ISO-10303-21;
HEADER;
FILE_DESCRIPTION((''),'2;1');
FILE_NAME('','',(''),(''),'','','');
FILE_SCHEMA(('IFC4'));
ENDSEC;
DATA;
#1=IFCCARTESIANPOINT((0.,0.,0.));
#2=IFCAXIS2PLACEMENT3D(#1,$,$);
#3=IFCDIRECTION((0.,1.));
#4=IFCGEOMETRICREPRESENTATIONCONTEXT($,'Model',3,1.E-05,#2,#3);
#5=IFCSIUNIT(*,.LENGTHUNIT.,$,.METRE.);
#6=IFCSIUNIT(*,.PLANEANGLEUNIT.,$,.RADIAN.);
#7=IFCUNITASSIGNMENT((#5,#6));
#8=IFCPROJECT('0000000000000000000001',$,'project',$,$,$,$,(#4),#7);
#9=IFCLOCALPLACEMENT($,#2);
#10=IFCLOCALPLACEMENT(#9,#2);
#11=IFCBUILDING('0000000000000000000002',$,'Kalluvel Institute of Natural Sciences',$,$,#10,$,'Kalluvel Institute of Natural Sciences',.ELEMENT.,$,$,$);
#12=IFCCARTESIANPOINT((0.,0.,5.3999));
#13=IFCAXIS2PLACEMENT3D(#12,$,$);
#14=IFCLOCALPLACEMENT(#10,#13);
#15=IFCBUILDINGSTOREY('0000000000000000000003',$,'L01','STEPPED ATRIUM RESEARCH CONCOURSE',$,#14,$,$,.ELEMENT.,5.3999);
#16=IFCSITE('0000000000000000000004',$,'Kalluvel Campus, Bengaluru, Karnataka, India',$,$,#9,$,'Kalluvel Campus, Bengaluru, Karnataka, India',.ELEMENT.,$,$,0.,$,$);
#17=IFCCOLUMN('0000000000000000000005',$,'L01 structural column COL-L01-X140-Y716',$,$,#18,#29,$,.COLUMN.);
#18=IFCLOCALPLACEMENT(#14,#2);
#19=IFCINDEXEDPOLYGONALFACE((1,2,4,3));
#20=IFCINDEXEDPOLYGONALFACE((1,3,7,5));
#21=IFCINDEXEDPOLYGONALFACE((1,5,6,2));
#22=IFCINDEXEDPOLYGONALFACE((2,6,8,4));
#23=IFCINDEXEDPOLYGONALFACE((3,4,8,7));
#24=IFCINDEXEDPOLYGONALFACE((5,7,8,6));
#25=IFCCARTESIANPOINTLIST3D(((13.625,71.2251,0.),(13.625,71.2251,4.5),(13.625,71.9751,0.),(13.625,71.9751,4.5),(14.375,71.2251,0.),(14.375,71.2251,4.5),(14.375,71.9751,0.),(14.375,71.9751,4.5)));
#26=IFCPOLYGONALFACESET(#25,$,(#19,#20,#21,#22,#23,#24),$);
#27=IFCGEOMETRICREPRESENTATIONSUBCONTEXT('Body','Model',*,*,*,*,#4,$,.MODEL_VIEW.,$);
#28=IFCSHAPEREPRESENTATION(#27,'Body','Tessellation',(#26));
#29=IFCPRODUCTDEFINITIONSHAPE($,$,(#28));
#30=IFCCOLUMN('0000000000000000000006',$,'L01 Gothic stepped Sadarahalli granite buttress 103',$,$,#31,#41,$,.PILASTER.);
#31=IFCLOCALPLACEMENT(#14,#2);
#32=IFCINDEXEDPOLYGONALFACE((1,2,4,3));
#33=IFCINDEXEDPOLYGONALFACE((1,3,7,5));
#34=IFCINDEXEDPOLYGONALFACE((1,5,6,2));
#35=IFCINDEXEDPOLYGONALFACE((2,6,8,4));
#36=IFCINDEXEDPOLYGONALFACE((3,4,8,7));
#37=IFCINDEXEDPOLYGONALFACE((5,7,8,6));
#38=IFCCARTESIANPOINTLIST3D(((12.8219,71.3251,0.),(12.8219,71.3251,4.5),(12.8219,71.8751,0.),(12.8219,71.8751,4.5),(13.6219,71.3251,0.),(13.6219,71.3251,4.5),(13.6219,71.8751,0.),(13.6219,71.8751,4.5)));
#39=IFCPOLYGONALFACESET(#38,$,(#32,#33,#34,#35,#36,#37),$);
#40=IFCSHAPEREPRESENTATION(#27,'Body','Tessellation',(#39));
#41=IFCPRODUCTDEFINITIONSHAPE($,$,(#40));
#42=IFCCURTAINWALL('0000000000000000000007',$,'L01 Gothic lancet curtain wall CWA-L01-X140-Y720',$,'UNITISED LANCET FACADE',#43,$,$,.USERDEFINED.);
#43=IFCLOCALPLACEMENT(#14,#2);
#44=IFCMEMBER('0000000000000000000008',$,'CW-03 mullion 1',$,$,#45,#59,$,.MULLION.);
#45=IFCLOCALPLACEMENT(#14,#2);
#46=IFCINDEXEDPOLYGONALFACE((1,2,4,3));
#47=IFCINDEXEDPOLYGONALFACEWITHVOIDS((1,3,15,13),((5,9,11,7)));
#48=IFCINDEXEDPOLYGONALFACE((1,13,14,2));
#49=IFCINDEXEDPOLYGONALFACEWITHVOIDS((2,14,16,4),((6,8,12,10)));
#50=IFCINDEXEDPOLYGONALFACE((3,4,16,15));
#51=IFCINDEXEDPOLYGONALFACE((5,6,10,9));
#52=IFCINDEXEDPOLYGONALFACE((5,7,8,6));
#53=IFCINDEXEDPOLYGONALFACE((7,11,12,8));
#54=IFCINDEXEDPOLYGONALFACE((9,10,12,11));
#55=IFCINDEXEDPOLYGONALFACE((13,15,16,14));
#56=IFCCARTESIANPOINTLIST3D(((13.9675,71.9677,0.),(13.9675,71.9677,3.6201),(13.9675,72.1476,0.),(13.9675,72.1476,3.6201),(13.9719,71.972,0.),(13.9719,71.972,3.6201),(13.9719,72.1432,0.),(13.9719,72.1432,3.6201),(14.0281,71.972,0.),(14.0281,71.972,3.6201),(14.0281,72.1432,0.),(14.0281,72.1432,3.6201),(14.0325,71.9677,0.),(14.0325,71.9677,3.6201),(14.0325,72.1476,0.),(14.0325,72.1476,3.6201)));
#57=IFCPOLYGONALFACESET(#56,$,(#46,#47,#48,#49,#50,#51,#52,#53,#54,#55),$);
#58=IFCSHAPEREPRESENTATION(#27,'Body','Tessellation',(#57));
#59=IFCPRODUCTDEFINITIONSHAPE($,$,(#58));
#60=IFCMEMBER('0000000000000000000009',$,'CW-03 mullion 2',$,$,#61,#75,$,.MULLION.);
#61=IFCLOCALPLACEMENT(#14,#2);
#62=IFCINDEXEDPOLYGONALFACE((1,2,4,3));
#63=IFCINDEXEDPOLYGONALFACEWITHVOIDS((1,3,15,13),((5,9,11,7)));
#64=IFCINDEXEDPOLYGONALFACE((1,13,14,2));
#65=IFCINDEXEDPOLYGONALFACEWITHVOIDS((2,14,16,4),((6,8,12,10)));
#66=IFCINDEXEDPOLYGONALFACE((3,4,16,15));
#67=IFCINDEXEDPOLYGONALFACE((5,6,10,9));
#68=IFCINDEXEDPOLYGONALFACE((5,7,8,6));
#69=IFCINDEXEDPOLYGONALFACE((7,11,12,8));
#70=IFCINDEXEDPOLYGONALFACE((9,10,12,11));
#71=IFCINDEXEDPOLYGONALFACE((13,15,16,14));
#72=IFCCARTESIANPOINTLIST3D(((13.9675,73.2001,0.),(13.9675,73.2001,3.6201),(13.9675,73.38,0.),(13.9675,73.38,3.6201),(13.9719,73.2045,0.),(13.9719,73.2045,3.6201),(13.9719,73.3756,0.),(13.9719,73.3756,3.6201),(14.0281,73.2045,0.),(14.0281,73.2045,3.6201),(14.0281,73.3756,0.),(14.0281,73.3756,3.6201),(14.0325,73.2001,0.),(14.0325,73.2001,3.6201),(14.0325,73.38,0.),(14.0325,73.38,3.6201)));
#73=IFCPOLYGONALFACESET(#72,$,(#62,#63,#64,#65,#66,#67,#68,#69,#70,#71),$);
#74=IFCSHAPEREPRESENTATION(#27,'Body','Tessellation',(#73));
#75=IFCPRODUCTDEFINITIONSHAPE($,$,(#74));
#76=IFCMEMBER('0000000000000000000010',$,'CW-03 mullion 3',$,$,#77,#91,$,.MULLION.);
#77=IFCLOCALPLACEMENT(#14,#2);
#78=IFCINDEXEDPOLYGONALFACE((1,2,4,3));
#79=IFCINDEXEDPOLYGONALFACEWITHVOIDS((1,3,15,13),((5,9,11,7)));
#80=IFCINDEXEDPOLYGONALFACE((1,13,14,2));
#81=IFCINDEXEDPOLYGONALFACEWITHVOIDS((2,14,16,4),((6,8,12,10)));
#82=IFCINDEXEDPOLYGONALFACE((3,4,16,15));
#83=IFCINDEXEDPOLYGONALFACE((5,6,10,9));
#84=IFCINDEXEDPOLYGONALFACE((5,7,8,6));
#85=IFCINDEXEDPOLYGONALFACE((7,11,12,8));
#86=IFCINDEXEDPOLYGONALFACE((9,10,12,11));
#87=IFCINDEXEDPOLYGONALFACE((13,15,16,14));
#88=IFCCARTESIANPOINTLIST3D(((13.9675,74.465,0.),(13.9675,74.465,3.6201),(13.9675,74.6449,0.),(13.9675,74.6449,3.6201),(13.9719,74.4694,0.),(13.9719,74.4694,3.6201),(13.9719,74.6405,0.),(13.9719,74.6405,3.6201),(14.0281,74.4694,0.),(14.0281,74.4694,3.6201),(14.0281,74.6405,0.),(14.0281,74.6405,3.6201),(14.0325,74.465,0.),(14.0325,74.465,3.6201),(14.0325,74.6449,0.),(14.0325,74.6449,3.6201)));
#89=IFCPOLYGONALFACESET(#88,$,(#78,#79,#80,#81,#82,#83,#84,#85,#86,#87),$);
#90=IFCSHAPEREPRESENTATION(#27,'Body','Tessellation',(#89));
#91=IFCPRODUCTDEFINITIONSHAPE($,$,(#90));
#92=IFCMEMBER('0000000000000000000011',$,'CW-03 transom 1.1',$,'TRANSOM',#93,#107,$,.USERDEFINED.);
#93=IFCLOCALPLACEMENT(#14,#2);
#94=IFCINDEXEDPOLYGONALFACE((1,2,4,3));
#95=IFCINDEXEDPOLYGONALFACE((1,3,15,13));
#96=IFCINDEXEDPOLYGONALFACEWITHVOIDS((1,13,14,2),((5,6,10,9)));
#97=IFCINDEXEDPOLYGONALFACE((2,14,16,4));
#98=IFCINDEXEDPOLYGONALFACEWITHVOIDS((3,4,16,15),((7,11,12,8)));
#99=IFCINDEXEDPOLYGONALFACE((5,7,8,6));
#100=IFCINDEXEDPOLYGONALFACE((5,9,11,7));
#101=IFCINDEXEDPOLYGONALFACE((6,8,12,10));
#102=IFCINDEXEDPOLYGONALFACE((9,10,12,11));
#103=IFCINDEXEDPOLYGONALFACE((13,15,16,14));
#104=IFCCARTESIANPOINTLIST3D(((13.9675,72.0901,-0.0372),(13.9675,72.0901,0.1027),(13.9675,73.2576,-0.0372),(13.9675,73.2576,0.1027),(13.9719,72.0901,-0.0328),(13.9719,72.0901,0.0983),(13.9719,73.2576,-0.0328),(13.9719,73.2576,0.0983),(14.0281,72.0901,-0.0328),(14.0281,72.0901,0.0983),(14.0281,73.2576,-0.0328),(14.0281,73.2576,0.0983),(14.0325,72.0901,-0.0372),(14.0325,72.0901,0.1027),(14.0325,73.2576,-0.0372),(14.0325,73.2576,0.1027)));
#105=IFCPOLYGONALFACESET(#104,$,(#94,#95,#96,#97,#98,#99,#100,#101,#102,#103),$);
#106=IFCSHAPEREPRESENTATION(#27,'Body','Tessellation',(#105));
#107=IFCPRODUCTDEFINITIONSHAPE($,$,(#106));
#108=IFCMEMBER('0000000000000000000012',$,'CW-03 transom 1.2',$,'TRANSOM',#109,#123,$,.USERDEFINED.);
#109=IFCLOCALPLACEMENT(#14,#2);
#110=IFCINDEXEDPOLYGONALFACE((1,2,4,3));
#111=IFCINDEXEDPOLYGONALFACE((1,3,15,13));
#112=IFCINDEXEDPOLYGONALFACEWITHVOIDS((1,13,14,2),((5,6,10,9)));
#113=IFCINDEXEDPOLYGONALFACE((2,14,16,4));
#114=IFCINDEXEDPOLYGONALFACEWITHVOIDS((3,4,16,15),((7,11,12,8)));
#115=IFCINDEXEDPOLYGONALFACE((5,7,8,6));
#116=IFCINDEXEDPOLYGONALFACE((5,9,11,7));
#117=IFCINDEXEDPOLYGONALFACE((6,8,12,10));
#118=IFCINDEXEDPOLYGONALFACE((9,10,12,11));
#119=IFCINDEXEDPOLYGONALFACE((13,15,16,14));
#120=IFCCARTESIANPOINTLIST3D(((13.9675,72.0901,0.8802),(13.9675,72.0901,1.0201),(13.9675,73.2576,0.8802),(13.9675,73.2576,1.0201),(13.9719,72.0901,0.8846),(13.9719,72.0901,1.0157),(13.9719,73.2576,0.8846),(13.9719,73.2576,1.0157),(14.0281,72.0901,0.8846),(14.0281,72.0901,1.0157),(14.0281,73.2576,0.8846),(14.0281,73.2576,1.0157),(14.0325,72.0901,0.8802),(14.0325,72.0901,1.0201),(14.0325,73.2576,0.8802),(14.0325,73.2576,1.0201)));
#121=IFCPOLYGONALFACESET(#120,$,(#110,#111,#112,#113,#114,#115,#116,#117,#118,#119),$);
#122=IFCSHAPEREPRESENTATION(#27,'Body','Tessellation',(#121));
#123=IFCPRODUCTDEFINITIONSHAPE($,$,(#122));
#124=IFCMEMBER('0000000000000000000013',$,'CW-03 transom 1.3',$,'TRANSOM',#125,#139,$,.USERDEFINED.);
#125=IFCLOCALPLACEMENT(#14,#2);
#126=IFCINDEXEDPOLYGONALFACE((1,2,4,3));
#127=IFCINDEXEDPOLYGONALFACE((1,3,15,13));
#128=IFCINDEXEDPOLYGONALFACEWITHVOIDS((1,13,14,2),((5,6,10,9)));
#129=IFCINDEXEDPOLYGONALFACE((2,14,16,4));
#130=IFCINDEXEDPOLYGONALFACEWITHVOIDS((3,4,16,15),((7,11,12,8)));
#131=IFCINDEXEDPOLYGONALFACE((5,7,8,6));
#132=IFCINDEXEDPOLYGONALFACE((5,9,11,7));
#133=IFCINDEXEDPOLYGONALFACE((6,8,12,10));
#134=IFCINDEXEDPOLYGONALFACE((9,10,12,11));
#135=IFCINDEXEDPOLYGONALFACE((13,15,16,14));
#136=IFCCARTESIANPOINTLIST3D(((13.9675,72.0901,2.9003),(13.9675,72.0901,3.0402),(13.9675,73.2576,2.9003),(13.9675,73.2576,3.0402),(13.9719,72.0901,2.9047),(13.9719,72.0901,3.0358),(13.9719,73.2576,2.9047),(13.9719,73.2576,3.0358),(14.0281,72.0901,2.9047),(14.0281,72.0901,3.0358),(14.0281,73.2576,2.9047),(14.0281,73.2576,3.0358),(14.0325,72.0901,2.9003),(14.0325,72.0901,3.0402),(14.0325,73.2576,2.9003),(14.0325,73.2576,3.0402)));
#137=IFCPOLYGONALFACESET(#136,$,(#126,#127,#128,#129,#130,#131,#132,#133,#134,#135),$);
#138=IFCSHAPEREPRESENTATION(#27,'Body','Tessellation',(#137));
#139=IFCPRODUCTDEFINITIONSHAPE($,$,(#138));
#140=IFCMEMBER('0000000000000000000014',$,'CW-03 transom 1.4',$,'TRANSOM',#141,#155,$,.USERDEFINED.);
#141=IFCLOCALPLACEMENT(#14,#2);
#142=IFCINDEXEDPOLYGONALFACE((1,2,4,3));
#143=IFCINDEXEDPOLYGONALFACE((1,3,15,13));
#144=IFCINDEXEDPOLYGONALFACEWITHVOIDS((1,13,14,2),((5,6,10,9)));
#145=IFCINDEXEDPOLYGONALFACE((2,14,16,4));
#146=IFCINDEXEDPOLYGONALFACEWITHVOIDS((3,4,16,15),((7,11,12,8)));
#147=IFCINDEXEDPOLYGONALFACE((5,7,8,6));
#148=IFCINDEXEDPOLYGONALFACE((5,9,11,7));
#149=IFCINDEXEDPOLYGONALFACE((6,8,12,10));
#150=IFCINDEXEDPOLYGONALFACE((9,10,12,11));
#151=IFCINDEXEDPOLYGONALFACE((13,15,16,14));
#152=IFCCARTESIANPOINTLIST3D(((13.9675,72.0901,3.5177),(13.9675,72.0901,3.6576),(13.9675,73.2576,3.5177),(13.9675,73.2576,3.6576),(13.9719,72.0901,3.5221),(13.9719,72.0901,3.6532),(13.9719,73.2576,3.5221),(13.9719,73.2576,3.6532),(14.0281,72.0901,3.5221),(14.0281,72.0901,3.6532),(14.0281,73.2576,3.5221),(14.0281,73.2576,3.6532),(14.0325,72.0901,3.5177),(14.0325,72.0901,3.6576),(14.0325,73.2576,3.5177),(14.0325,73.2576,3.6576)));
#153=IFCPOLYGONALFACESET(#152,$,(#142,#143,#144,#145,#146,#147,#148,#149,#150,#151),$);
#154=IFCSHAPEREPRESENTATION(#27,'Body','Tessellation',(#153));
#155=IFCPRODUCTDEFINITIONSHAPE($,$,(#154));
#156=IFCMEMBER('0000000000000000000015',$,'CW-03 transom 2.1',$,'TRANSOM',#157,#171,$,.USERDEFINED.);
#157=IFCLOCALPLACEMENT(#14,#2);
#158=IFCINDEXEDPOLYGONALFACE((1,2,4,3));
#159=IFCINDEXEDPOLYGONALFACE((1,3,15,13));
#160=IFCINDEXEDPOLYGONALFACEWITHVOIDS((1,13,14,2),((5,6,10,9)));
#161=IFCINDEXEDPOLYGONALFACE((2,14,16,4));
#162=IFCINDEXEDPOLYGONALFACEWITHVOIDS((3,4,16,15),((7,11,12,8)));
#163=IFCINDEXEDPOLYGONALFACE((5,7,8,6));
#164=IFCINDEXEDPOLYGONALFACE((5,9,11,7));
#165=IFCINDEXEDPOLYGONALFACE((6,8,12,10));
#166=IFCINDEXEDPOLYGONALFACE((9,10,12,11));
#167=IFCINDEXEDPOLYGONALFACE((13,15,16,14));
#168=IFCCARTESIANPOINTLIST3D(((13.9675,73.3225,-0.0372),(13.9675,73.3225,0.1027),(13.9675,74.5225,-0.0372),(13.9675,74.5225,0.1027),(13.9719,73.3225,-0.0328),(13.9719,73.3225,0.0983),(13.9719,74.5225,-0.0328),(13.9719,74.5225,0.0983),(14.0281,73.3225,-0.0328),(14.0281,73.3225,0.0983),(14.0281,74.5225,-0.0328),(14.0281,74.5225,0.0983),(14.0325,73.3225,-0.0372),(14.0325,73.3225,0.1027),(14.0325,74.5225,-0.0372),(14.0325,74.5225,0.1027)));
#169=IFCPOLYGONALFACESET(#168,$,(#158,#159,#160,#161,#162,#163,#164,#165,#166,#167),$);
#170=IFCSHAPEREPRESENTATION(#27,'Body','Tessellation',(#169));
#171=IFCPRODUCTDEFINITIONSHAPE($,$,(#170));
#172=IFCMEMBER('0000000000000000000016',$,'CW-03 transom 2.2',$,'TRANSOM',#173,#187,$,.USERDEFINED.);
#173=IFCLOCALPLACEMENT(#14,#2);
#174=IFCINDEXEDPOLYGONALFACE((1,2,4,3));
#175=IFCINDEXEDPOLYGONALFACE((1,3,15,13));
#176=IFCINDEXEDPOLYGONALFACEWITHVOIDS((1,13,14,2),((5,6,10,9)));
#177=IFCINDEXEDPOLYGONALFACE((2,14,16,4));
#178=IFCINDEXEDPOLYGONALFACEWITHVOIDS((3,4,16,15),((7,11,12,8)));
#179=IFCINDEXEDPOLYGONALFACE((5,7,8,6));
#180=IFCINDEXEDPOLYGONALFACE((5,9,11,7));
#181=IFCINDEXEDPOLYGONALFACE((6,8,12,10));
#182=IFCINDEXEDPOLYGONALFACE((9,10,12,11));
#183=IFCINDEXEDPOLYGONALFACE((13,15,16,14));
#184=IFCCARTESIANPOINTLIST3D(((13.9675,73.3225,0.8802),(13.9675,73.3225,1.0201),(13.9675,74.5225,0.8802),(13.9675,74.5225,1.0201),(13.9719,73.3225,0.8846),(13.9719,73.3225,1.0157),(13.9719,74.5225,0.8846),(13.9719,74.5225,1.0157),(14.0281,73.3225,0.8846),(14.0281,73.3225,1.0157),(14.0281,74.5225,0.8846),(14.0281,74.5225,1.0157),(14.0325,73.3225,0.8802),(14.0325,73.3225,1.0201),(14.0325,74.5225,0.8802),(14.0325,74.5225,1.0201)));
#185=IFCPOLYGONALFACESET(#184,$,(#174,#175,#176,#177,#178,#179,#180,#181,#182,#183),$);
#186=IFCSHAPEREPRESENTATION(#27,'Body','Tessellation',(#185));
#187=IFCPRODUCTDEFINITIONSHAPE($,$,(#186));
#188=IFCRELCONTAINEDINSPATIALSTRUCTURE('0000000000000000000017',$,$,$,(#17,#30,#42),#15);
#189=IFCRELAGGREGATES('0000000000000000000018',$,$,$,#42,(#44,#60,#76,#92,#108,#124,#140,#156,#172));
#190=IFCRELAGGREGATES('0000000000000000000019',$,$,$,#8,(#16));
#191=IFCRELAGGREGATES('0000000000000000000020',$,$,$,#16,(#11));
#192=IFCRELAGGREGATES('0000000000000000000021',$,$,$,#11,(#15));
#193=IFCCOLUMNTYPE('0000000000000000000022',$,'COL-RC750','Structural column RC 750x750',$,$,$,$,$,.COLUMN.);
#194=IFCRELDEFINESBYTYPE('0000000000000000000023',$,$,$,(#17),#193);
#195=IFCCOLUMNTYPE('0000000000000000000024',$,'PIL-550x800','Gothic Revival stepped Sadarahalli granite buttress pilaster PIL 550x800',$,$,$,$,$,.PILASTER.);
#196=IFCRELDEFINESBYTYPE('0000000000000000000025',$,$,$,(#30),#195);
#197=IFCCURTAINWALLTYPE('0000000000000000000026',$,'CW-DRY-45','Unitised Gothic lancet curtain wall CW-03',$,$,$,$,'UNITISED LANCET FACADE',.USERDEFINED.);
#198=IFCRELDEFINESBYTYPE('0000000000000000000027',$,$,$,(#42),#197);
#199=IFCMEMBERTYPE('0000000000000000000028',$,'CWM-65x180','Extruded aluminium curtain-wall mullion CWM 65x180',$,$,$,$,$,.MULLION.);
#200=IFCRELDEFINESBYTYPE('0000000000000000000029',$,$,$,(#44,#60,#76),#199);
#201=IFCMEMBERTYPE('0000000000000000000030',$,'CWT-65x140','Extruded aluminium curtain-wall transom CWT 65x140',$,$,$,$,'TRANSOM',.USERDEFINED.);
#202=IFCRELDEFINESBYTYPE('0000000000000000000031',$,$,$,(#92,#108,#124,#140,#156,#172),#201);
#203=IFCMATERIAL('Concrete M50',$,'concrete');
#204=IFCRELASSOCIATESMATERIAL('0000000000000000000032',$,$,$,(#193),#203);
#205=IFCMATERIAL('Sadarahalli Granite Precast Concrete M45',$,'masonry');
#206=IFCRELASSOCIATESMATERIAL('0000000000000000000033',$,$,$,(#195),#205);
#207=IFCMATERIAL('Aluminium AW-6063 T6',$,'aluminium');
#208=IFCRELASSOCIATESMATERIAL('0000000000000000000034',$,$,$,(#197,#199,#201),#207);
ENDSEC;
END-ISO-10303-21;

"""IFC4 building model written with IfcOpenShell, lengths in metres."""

from ifc_helpers import new_model, si_unit, direction, frame, origin, origin_2d, place, context, subcontext, project, spatial, rectangle, hollow_rectangle, extrude, material, material_profile, profile_set, type_object, element, aggregate, save


model = new_model("IFC4")

# Units and contexts
model_context = context("Model", 3, precision=1e-05, world=origin(), true_north=direction((0.0, 1.0)))
body_context = subcontext(model_context, "Body", "Model", "MODEL_VIEW")
ifc_project = project(units=[si_unit("LENGTHUNIT", "METRE"), si_unit("PLANEANGLEUNIT", "RADIAN")], contexts=[model_context])

# Site, building, storey
site_placement = place(None, origin())
site = spatial("IfcSite", under=ifc_project, at=site_placement, Name="Kalluvel Campus, Bengaluru, Karnataka, India", LongName="Kalluvel Campus, Bengaluru, Karnataka, India", CompositionType="ELEMENT", RefElevation=0.0)
building_placement = place(site_placement, origin())
building = spatial("IfcBuilding", under=site, at=building_placement, Name="Kalluvel Institute of Natural Sciences", LongName="Kalluvel Institute of Natural Sciences", CompositionType="ELEMENT")
storey_placement = place(building_placement, frame((0.0, 0.0, 5.3999)))
storey = spatial("IfcBuildingStorey", under=building, at=storey_placement, Name="L01", Description="STEPPED ATRIUM RESEARCH CONCOURSE", CompositionType="ELEMENT", Elevation=5.3999)

# Columns
ifc_material_1 = material(Name="Concrete M50", Category="concrete")
ifc_material_profile_1 = material_profile(ifc_material_1, rectangle(XDim=0.75, YDim=0.75, at=origin_2d()), Name="RC 750x750")
ifc_profile_set_1 = profile_set([ifc_material_profile_1], Name="Concrete M50")
column_type_1 = type_object("IfcColumnType", Name="COL-RC750", Description="Structural column RC 750x750", PredefinedType="COLUMN", material=ifc_profile_set_1)
column_1_placement = place(storey_placement, frame((14.0, 71.6001, 0.0), z_axis=(0.0, 0.0, 1.0), x_axis=(1.0, 0.0, 0.0)))
element("IfcColumn", 1, at=column_1_placement, inside=storey, type_object=column_type_1, Name="L01 structural column COL-L01-X140-Y716", PredefinedType="COLUMN", context=body_context, shape_type="SweptSolid", body=[
    extrude(rectangle(XDim=0.75, YDim=0.75, at=origin_2d()), origin(), (0.0, 0.0, 1.0), 4.5),
])
ifc_material_2 = material(Name="Sadarahalli Granite Precast Concrete M45", Category="masonry")
ifc_material_profile_2 = material_profile(ifc_material_2, rectangle(XDim=0.55, YDim=0.8, at=origin_2d()), Name="PIL 550x800")
ifc_profile_set_2 = profile_set([ifc_material_profile_2], Name="Sadarahalli Granite Precast Concrete M45")
column_type_2 = type_object("IfcColumnType", Name="PIL-550x800", Description="Gothic Revival stepped Sadarahalli granite buttress pilaster PIL 550x800", PredefinedType="PILASTER", material=ifc_profile_set_2)
column_2_placement = place(storey_placement, frame((13.2219, 71.6001, 0.0), z_axis=(0.0, 0.0, 1.0), x_axis=(0.0, 1.0, 0.0)))
element("IfcColumn", 2, at=column_2_placement, inside=storey, type_object=column_type_2, Name="L01 Gothic stepped Sadarahalli granite buttress 103", PredefinedType="PILASTER", context=body_context, shape_type="SweptSolid", body=[
    extrude(rectangle(XDim=0.55, YDim=0.8, at=origin_2d()), origin(), (0.0, 0.0, 1.0), 4.5),
])

# Curtain wall, members
ifc_material_3 = material(Name="Aluminium AW-6063 T6", Category="aluminium")
curtain_wall_type = type_object("IfcCurtainWallType", Name="CW-DRY-45", Description="Unitised Gothic lancet curtain wall CW-03", ElementType="UNITISED LANCET FACADE", PredefinedType="USERDEFINED", material=ifc_material_3)
curtain_wall_placement = place(storey_placement, origin())
curtain_wall = element("IfcCurtainWall", 3, at=curtain_wall_placement, inside=storey, type_object=curtain_wall_type, Name="L01 Gothic lancet curtain wall CWA-L01-X140-Y720", ObjectType="UNITISED LANCET FACADE", PredefinedType="USERDEFINED")
ifc_material_profile_3 = material_profile(ifc_material_3, hollow_rectangle(XDim=0.0649, YDim=0.1799, WallThickness=0.0044, at=origin_2d()), Name="CWM 65x180")
ifc_profile_set_3 = profile_set([ifc_material_profile_3], Name="Aluminium AW-6063 T6")
member_type_1 = type_object("IfcMemberType", Name="CWM-65x180", Description="Extruded aluminium curtain-wall mullion CWM 65x180", PredefinedType="MULLION", material=ifc_profile_set_3)
member_1_placement = place(storey_placement, frame((14.0, 72.0576, 0.0), z_axis=(0.0, 0.0, 1.0), x_axis=(-1.0, 0.0, 0.0)))
member_1 = element("IfcMember", 4, at=member_1_placement, type_object=member_type_1, Name="CW-03 mullion 1", PredefinedType="MULLION", context=body_context, shape_type="SweptSolid", body=[
    extrude(hollow_rectangle(XDim=0.0649, YDim=0.1799, WallThickness=0.0044, at=origin_2d()), origin(), (0.0, 0.0, 1.0), 3.6201),
])
member_2_placement = place(storey_placement, frame((14.0, 73.29, 0.0), z_axis=(0.0, 0.0, 1.0), x_axis=(-1.0, 0.0, 0.0)))
member_2 = element("IfcMember", 5, at=member_2_placement, type_object=member_type_1, Name="CW-03 mullion 2", PredefinedType="MULLION", context=body_context, shape_type="SweptSolid", body=[
    extrude(hollow_rectangle(XDim=0.0649, YDim=0.1799, WallThickness=0.0044, at=origin_2d()), origin(), (0.0, 0.0, 1.0), 3.6201),
])
member_3_placement = place(storey_placement, frame((14.0, 74.5549, 0.0), z_axis=(0.0, 0.0, 1.0), x_axis=(-1.0, 0.0, 0.0)))
member_3 = element("IfcMember", 6, at=member_3_placement, type_object=member_type_1, Name="CW-03 mullion 3", PredefinedType="MULLION", context=body_context, shape_type="SweptSolid", body=[
    extrude(hollow_rectangle(XDim=0.0649, YDim=0.1799, WallThickness=0.0044, at=origin_2d()), origin(), (0.0, 0.0, 1.0), 3.6201),
])
ifc_material_profile_4 = material_profile(ifc_material_3, hollow_rectangle(XDim=0.0649, YDim=0.1399, WallThickness=0.0044, at=origin_2d()), Name="CWT 65x140")
ifc_profile_set_4 = profile_set([ifc_material_profile_4], Name="Aluminium AW-6063 T6")
member_type_2 = type_object("IfcMemberType", Name="CWT-65x140", Description="Extruded aluminium curtain-wall transom CWT 65x140", ElementType="TRANSOM", PredefinedType="USERDEFINED", material=ifc_profile_set_4)
member_4_placement = place(storey_placement, frame((14.0, 72.0901, 0.0327), z_axis=(0.0, 1.0, 0.0), x_axis=(-1.0, 0.0, 0.0)))
member_4 = element("IfcMember", 7, at=member_4_placement, type_object=member_type_2, Name="CW-03 transom 1.1", ObjectType="TRANSOM", PredefinedType="USERDEFINED", context=body_context, shape_type="SweptSolid", body=[
    extrude(hollow_rectangle(XDim=0.0649, YDim=0.1399, WallThickness=0.0044, at=origin_2d()), origin(), (0.0, 0.0, 1.0), 1.1675),
])
member_5_placement = place(storey_placement, frame((14.0, 72.0901, 0.9502), z_axis=(0.0, 1.0, 0.0), x_axis=(-1.0, 0.0, 0.0)))
member_5 = element("IfcMember", 8, at=member_5_placement, type_object=member_type_2, Name="CW-03 transom 1.2", ObjectType="TRANSOM", PredefinedType="USERDEFINED", context=body_context, shape_type="SweptSolid", body=[
    extrude(hollow_rectangle(XDim=0.0649, YDim=0.1399, WallThickness=0.0044, at=origin_2d()), origin(), (0.0, 0.0, 1.0), 1.1675),
])
member_6_placement = place(storey_placement, frame((14.0, 72.0901, 2.9702), z_axis=(0.0, 1.0, 0.0), x_axis=(-1.0, 0.0, 0.0)))
member_6 = element("IfcMember", 9, at=member_6_placement, type_object=member_type_2, Name="CW-03 transom 1.3", ObjectType="TRANSOM", PredefinedType="USERDEFINED", context=body_context, shape_type="SweptSolid", body=[
    extrude(hollow_rectangle(XDim=0.0649, YDim=0.1399, WallThickness=0.0044, at=origin_2d()), origin(), (0.0, 0.0, 1.0), 1.1675),
])
member_7_placement = place(storey_placement, frame((14.0, 72.0901, 3.5876), z_axis=(0.0, 1.0, 0.0), x_axis=(-1.0, 0.0, 0.0)))
member_7 = element("IfcMember", 10, at=member_7_placement, type_object=member_type_2, Name="CW-03 transom 1.4", ObjectType="TRANSOM", PredefinedType="USERDEFINED", context=body_context, shape_type="SweptSolid", body=[
    extrude(hollow_rectangle(XDim=0.0649, YDim=0.1399, WallThickness=0.0044, at=origin_2d()), origin(), (0.0, 0.0, 1.0), 1.1675),
])
member_8_placement = place(storey_placement, frame((14.0, 73.3225, 0.0327), z_axis=(0.0, 1.0, 0.0), x_axis=(-1.0, 0.0, 0.0)))
member_8 = element("IfcMember", 11, at=member_8_placement, type_object=member_type_2, Name="CW-03 transom 2.1", ObjectType="TRANSOM", PredefinedType="USERDEFINED", context=body_context, shape_type="SweptSolid", body=[
    extrude(hollow_rectangle(XDim=0.0649, YDim=0.1399, WallThickness=0.0044, at=origin_2d()), origin(), (0.0, 0.0, 1.0), 1.2),
])
member_9_placement = place(storey_placement, frame((14.0, 73.3225, 0.9502), z_axis=(0.0, 1.0, 0.0), x_axis=(-1.0, 0.0, 0.0)))
member_9 = element("IfcMember", 12, at=member_9_placement, type_object=member_type_2, Name="CW-03 transom 2.2", ObjectType="TRANSOM", PredefinedType="USERDEFINED", context=body_context, shape_type="SweptSolid", body=[
    extrude(hollow_rectangle(XDim=0.0649, YDim=0.1399, WallThickness=0.0044, at=origin_2d()), origin(), (0.0, 0.0, 1.0), 1.2),
])

aggregate(curtain_wall, [member_1, member_2, member_3, member_4, member_5, member_6, member_7, member_8, member_9])

save(model, "model.ifc")
